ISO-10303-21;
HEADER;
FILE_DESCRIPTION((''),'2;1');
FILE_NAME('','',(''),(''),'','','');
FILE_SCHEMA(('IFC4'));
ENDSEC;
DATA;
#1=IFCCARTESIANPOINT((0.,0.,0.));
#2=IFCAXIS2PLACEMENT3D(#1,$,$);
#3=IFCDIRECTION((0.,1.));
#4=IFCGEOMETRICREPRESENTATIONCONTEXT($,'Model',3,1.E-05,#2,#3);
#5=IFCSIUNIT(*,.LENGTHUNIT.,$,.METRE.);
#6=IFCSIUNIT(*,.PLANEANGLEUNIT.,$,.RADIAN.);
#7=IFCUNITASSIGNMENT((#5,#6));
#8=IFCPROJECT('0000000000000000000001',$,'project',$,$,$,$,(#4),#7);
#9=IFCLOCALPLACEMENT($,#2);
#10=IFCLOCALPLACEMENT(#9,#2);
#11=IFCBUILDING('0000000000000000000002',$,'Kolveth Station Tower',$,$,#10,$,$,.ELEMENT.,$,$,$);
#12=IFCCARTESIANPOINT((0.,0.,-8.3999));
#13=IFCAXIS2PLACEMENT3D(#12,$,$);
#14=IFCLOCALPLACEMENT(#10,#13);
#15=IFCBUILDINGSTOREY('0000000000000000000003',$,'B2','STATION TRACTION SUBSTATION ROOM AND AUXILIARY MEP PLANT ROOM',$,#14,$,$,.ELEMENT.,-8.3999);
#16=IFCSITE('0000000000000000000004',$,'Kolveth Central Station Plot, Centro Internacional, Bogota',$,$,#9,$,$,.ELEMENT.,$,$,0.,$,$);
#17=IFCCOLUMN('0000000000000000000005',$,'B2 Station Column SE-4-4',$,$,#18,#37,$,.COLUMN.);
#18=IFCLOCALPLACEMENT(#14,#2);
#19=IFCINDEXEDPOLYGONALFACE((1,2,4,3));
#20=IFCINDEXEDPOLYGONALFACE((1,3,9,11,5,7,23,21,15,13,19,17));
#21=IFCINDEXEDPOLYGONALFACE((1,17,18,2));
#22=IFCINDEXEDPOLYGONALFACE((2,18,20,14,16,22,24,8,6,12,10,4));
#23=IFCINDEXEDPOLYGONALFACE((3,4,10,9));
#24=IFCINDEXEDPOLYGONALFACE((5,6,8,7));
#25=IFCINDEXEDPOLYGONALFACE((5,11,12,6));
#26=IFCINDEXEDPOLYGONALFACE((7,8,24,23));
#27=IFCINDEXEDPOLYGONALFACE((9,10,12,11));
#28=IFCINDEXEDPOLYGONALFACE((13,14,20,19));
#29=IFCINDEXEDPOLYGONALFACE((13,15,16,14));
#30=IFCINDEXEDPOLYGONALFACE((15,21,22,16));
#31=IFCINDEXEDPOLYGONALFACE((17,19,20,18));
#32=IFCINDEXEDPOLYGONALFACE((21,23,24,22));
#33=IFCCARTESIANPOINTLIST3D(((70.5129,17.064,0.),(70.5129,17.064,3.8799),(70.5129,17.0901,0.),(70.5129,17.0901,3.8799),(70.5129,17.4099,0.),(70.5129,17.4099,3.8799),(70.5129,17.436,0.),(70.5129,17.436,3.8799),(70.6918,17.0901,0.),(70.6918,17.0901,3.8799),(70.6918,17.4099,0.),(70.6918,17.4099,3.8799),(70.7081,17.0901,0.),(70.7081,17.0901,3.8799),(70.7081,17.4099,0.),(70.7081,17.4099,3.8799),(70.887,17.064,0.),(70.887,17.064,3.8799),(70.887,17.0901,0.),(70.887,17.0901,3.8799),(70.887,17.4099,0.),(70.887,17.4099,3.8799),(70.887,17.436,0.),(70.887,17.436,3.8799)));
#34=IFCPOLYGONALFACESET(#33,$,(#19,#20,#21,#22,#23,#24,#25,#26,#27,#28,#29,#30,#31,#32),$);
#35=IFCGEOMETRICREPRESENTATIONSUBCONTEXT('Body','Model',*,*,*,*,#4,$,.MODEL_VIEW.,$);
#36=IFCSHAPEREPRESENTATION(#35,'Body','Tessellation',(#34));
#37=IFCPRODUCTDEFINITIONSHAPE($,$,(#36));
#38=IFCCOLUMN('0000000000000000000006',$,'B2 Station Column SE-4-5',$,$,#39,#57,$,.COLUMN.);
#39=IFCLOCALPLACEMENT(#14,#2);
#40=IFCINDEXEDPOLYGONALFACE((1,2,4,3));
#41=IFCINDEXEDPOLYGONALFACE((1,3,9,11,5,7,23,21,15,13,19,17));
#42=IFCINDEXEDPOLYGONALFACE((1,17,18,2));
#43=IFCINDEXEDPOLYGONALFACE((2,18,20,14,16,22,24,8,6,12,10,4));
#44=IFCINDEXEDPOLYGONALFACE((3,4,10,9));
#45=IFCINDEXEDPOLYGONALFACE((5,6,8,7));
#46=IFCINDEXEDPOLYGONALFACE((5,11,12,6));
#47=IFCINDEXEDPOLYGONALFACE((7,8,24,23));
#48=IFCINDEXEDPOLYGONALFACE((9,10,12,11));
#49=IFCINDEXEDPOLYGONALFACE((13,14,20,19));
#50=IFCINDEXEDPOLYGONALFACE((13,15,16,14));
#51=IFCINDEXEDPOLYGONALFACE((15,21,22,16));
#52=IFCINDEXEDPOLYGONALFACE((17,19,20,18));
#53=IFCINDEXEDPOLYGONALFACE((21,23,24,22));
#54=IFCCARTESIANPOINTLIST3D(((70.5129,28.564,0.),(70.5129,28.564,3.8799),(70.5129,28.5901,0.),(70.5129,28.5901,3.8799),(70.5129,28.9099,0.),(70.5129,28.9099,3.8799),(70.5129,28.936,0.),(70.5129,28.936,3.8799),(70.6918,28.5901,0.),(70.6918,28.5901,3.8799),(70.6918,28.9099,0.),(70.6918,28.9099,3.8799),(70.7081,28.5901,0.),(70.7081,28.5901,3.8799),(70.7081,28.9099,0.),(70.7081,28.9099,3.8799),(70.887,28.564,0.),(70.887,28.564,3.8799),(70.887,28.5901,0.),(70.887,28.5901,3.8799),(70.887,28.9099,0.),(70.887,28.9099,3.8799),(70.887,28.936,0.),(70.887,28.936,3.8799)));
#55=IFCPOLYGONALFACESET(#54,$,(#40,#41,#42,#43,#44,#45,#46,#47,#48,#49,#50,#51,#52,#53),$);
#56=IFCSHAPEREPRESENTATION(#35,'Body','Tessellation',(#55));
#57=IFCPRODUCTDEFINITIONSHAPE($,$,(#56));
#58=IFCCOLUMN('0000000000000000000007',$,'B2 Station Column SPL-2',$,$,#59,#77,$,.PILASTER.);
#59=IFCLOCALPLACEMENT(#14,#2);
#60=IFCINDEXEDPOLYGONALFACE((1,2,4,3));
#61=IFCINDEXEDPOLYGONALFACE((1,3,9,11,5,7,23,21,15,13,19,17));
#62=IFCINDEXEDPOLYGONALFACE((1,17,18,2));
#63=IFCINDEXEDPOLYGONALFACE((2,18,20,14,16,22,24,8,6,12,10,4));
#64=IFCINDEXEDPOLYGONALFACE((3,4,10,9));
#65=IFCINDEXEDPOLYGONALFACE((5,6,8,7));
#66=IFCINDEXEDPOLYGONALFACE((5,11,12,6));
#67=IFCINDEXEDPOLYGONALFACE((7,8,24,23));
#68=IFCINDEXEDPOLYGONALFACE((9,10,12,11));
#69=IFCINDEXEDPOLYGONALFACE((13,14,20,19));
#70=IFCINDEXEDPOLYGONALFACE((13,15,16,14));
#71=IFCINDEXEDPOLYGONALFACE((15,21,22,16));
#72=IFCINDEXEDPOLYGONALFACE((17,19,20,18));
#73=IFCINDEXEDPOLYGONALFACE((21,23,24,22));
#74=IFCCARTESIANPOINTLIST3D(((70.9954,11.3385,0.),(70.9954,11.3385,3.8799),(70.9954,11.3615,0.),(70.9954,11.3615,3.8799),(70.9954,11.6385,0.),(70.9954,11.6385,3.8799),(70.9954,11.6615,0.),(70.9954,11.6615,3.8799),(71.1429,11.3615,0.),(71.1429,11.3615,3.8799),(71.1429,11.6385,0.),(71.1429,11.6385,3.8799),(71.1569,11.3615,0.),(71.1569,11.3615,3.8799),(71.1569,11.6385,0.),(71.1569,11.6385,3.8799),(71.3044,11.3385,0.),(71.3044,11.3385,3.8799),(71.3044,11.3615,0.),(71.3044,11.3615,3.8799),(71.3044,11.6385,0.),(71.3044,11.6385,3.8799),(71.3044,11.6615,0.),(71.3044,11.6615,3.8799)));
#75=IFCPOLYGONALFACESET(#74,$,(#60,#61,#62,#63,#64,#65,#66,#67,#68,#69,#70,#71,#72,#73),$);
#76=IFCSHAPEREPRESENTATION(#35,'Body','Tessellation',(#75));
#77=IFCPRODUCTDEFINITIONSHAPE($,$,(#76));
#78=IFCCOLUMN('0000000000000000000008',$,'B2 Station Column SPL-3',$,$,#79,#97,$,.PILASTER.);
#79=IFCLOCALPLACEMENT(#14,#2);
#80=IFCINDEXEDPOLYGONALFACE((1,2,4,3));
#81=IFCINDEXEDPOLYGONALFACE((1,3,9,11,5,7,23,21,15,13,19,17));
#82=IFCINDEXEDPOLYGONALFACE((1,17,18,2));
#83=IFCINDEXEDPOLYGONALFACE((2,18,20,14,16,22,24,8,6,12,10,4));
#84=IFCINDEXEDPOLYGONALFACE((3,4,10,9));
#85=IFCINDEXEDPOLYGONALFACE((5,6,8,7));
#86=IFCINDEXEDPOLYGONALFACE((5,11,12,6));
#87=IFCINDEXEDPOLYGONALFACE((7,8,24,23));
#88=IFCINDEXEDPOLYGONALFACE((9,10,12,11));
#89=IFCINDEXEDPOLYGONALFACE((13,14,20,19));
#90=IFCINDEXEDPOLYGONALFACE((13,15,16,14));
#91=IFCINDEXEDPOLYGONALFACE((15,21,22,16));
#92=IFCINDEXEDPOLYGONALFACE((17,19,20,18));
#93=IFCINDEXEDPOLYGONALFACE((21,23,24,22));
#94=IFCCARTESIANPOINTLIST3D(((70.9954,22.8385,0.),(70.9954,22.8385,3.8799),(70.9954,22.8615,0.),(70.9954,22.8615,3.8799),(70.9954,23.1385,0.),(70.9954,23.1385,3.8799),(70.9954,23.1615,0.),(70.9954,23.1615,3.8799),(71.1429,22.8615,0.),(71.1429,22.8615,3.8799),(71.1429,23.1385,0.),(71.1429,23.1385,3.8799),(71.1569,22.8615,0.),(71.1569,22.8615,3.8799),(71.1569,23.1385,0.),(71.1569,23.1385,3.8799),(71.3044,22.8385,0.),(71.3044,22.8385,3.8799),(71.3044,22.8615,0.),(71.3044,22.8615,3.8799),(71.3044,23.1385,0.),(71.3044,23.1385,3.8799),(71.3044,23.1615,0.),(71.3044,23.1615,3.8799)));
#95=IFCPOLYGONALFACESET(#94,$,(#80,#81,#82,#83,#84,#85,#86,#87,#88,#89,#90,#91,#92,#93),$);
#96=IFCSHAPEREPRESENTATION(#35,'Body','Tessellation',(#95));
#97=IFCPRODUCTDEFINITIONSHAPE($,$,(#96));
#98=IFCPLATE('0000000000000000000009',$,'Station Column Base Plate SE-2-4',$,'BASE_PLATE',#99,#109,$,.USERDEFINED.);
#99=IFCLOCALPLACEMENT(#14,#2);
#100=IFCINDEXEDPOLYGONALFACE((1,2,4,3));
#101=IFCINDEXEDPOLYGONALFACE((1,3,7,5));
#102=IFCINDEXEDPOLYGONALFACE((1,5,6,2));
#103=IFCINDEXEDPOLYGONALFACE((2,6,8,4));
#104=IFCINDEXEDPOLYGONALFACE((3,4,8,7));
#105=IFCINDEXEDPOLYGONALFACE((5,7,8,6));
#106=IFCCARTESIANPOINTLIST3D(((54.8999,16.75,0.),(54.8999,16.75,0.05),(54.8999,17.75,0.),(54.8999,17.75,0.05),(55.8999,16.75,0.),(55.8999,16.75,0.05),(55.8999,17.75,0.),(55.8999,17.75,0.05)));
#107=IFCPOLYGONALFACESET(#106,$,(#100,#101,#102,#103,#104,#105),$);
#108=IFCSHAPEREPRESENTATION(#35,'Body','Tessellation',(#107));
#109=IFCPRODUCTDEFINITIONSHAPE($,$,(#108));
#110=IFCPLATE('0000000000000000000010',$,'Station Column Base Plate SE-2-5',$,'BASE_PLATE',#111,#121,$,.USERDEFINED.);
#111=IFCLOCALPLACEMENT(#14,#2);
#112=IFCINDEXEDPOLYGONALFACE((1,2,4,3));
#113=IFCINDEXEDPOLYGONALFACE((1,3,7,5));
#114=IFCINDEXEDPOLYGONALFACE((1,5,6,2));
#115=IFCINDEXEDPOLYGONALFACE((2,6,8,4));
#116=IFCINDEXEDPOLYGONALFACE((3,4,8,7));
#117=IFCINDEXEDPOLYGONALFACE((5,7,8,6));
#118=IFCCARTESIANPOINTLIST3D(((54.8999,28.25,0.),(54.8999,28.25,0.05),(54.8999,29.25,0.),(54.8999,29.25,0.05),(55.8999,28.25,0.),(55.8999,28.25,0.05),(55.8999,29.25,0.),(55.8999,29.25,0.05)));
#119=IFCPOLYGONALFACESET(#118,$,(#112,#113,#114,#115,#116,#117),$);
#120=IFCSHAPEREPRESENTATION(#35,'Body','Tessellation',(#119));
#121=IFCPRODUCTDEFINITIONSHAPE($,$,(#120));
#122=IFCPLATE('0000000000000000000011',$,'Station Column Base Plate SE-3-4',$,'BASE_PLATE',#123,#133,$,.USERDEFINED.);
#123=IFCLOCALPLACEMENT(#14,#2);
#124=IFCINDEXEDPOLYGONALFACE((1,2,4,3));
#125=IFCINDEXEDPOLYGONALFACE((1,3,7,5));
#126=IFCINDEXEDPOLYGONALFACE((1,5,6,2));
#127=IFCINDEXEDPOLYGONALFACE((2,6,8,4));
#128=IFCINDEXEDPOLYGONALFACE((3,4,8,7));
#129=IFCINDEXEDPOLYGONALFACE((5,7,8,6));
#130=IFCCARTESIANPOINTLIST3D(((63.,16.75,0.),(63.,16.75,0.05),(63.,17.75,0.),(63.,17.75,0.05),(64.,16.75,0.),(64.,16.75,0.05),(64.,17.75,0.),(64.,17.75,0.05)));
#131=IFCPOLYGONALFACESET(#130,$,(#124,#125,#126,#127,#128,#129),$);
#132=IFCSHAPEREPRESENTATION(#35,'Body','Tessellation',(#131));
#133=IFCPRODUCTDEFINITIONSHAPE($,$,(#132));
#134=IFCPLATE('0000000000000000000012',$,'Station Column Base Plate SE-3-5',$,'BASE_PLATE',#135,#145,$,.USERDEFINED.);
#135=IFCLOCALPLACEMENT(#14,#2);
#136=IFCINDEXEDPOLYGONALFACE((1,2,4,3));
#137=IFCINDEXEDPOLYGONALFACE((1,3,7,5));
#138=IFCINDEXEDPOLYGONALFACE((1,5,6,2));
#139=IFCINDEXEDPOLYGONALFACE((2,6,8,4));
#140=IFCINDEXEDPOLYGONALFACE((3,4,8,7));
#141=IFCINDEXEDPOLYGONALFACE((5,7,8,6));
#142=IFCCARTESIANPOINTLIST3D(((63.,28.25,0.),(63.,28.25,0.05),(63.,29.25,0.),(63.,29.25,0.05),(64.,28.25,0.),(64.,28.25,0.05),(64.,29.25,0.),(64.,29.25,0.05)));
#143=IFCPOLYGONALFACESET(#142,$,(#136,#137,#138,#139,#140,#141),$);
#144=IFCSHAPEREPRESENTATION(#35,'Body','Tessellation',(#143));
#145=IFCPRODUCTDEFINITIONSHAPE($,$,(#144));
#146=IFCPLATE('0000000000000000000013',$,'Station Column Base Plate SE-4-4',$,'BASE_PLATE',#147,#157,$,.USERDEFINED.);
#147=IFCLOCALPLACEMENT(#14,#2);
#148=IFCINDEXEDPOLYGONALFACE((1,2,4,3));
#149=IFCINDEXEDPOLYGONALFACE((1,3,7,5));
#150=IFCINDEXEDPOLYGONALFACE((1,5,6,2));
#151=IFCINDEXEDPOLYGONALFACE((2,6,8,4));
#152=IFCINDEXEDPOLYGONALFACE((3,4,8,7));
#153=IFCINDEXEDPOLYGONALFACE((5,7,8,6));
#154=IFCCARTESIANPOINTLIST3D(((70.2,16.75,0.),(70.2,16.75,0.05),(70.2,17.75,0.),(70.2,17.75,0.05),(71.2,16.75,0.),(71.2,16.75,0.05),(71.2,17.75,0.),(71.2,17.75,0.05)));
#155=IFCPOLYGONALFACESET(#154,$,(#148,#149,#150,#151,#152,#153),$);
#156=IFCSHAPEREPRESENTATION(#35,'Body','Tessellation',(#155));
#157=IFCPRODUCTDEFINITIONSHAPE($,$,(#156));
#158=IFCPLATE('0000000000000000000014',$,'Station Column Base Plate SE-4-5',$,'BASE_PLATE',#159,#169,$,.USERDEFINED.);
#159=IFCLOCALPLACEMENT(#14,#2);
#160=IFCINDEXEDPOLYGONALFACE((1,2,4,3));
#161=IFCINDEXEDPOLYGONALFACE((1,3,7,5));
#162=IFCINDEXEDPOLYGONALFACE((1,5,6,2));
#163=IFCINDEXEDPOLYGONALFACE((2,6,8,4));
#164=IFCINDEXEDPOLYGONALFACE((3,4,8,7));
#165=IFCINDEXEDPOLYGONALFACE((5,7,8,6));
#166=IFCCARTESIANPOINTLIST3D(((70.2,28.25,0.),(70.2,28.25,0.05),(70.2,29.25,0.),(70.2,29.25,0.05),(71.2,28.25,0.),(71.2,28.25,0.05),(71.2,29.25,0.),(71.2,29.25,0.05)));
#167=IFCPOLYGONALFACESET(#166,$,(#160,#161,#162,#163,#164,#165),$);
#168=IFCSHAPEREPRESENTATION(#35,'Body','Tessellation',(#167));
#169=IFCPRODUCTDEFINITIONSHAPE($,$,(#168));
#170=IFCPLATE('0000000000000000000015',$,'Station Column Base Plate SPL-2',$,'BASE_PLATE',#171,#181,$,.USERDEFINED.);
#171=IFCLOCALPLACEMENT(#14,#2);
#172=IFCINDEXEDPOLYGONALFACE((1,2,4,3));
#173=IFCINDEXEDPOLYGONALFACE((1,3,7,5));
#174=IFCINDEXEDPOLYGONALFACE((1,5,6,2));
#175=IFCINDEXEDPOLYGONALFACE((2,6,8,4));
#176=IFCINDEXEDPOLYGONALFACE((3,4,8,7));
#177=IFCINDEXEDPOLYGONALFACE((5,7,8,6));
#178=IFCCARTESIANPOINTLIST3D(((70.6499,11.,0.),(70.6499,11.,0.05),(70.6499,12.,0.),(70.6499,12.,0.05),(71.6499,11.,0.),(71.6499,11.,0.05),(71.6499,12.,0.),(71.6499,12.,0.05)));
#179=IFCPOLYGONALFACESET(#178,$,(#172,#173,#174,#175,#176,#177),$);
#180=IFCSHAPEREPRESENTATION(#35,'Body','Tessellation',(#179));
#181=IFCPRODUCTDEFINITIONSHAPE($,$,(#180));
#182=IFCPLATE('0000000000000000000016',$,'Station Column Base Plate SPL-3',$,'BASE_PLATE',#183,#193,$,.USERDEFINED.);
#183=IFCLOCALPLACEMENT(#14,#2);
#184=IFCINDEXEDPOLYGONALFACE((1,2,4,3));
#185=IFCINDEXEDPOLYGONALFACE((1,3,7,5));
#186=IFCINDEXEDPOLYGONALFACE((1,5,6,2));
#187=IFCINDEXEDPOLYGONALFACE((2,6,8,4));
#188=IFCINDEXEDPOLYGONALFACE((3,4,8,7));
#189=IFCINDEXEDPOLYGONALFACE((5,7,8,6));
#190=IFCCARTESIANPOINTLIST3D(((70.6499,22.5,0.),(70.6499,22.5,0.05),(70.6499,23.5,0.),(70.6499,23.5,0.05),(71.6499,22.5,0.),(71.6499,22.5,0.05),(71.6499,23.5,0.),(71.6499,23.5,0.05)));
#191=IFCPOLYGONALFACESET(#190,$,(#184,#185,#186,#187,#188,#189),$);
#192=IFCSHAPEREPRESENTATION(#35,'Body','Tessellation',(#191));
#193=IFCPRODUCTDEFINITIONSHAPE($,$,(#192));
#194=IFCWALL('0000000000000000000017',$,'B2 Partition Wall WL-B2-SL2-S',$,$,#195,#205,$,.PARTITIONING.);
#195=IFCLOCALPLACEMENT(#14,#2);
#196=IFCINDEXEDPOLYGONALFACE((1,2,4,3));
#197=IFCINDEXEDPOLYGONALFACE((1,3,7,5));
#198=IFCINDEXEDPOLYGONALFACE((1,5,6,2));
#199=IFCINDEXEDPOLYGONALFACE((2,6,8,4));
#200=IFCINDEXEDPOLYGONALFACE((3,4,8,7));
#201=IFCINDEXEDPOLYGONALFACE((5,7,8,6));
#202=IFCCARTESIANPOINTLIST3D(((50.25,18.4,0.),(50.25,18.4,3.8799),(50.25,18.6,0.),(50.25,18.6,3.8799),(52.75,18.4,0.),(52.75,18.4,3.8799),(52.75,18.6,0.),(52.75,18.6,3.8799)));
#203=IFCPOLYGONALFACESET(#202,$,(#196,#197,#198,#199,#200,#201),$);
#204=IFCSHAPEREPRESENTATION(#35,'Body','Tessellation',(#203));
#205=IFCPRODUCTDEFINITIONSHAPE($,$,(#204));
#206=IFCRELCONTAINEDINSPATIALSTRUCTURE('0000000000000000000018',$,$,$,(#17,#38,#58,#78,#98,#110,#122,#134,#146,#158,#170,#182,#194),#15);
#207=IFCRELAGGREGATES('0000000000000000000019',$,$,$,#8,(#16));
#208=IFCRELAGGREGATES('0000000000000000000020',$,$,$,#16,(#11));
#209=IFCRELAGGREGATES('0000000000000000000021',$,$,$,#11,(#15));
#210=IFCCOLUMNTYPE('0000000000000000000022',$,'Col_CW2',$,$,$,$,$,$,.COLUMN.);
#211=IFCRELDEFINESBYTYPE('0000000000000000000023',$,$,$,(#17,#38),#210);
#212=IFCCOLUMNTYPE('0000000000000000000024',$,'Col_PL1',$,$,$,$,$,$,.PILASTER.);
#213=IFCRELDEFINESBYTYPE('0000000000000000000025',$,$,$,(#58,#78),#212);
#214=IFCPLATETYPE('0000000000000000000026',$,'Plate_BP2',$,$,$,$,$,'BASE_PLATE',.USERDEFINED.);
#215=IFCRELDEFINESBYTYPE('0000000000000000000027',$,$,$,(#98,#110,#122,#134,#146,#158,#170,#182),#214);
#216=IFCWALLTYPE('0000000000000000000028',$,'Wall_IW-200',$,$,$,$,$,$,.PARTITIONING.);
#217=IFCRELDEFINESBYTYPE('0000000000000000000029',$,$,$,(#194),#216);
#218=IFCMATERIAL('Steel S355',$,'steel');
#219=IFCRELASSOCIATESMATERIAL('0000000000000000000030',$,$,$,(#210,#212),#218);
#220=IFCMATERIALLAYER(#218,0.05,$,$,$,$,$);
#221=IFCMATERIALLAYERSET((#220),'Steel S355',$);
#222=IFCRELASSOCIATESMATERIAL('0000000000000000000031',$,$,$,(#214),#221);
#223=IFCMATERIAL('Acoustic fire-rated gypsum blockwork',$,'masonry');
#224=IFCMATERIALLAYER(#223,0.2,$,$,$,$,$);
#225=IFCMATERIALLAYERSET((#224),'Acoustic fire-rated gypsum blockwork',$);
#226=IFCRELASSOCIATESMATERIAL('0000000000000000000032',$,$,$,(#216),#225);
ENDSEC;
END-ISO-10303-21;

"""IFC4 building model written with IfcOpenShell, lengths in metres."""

from ifc_helpers import new_model, si_unit, direction, frame, frame_2d, origin, origin_2d, place, context, subcontext, project, spatial, rectangle, i_section, extrude, source, transform, mapped, material, layer, layer_set, material_profile, profile_set, type_object, element, save


model = new_model("IFC4")

# Units and contexts
model_context = context("Model", 3, precision=1e-05, world=origin(), true_north=direction((0.0, 1.0)))
body_context = subcontext(model_context, "Body", "Model", "MODEL_VIEW")
ifc_project = project(units=[si_unit("LENGTHUNIT", "METRE"), si_unit("PLANEANGLEUNIT", "RADIAN")], contexts=[model_context])

# Site, building, storey
site_placement = place(None, origin())
site = spatial("IfcSite", under=ifc_project, at=site_placement, Name="Kolveth Central Station Plot, Centro Internacional, Bogota", CompositionType="ELEMENT", RefElevation=0.0)
building_placement = place(site_placement, origin())
building = spatial("IfcBuilding", under=site, at=building_placement, Name="Kolveth Station Tower", CompositionType="ELEMENT")
storey_placement = place(building_placement, frame((0.0, 0.0, -8.3999)))
storey = spatial("IfcBuildingStorey", under=building, at=storey_placement, Name="B2", Description="STATION TRACTION SUBSTATION ROOM AND AUXILIARY MEP PLANT ROOM", CompositionType="ELEMENT", Elevation=-8.3999)

# Columns
ifc_material_1 = material(Name="Steel S355", Category="steel")
ifc_material_profile_1 = material_profile(ifc_material_1, i_section(OverallWidth=0.374, OverallDepth=0.3721, WebThickness=0.0164, FlangeThickness=0.0261, at=origin_2d()), Name="W360x196")
ifc_profile_set_1 = profile_set([ifc_material_profile_1], Name="Steel S355")
column_type_1 = type_object("IfcColumnType", Name="Col_CW2", PredefinedType="COLUMN", material=ifc_profile_set_1)
shared_shape_1 = source(origin(), body_context, "Body", "SweptSolid", [
    extrude(i_section(OverallWidth=0.374, OverallDepth=0.3721, WebThickness=0.0164, FlangeThickness=0.0261, at=origin_2d()), origin(), (0.0, 0.0, 1.0), 3.8799),
])
for number, where, z_axis, x_axis, name in (
    (1, (70.7, 17.25, 0.0), (0.0, 0.0, 1.0), (1.0, 0.0, 0.0), "B2 Station Column SE-4-4"),
    (2, (70.7, 28.75, 0.0), (0.0, 0.0, 1.0), (1.0, 0.0, 0.0), "B2 Station Column SE-4-5"),
):
    element("IfcColumn", number, at=place(storey_placement, frame(where, z_axis=z_axis, x_axis=x_axis)), inside=storey, type_object=column_type_1, Name=name, PredefinedType="COLUMN", context=body_context, shape_type="MappedRepresentation", body=[
        mapped(shared_shape_1, transform((0.0, 0.0, 0.0), x_axis=(1.0, 0.0, 0.0), y_axis=(0.0, 1.0, 0.0), z_axis=(0.0, 0.0, 1.0), scale=1.0)),
    ])
ifc_material_profile_2 = material_profile(ifc_material_1, i_section(OverallWidth=0.3091, OverallDepth=0.323, WebThickness=0.0139, FlangeThickness=0.0229, at=origin_2d()), Name="W310x143")
ifc_profile_set_2 = profile_set([ifc_material_profile_2], Name="Steel S355")
column_type_2 = type_object("IfcColumnType", Name="Col_PL1", PredefinedType="PILASTER", material=ifc_profile_set_2)
shared_shape_2 = source(origin(), body_context, "Body", "SweptSolid", [
    extrude(i_section(OverallWidth=0.3091, OverallDepth=0.323, WebThickness=0.0139, FlangeThickness=0.0229, at=origin_2d()), origin(), (0.0, 0.0, 1.0), 3.8799),
])
for number, where, z_axis, x_axis, name in (
    (3, (71.1499, 11.5, 0.0), (0.0, 0.0, 1.0), (1.0, 0.0, 0.0), "B2 Station Column SPL-2"),
    (4, (71.1499, 23.0, 0.0), (0.0, 0.0, 1.0), (1.0, 0.0, 0.0), "B2 Station Column SPL-3"),
):
    element("IfcColumn", number, at=place(storey_placement, frame(where, z_axis=z_axis, x_axis=x_axis)), inside=storey, type_object=column_type_2, Name=name, PredefinedType="PILASTER", context=body_context, shape_type="MappedRepresentation", body=[
        mapped(shared_shape_2, transform((0.0, 0.0, 0.0), x_axis=(1.0, 0.0, 0.0), y_axis=(0.0, 1.0, 0.0), z_axis=(0.0, 0.0, 1.0), scale=1.0)),
    ])

# Plates
ifc_layer_1 = layer(ifc_material_1, 0.05)
ifc_layer_set_1 = layer_set([ifc_layer_1], Name="Steel S355")
plate_type = type_object("IfcPlateType", Name="Plate_BP2", ElementType="BASE_PLATE", PredefinedType="USERDEFINED", material=ifc_layer_set_1)
shared_shape_3 = source(origin(), body_context, "Body", "SweptSolid", [
    extrude(rectangle(XDim=1.0, YDim=1.0, at=origin_2d()), origin(), (0.0, 0.0, 1.0), 0.05),
])
for number, where, z_axis, x_axis, name in (
    (5, (55.3999, 17.25, 0.0), (0.0, 0.0, 1.0), (1.0, 0.0, 0.0), "Station Column Base Plate SE-2-4"),
    (6, (55.3999, 28.75, 0.0), (0.0, 0.0, 1.0), (1.0, 0.0, 0.0), "Station Column Base Plate SE-2-5"),
    (7, (63.5, 17.25, 0.0), (0.0, 0.0, 1.0), (1.0, 0.0, 0.0), "Station Column Base Plate SE-3-4"),
    (8, (63.5, 28.75, 0.0), (0.0, 0.0, 1.0), (1.0, 0.0, 0.0), "Station Column Base Plate SE-3-5"),
    (9, (70.7, 17.25, 0.0), (0.0, 0.0, 1.0), (1.0, 0.0, 0.0), "Station Column Base Plate SE-4-4"),
    (10, (70.7, 28.75, 0.0), (0.0, 0.0, 1.0), (1.0, 0.0, 0.0), "Station Column Base Plate SE-4-5"),
    (11, (71.1499, 11.5, 0.0), (0.0, 0.0, 1.0), (1.0, 0.0, 0.0), "Station Column Base Plate SPL-2"),
    (12, (71.1499, 23.0, 0.0), (0.0, 0.0, 1.0), (1.0, 0.0, 0.0), "Station Column Base Plate SPL-3"),
):
    element("IfcPlate", number, at=place(storey_placement, frame(where, z_axis=z_axis, x_axis=x_axis)), inside=storey, type_object=plate_type, Name=name, ObjectType="BASE_PLATE", PredefinedType="USERDEFINED", context=body_context, shape_type="MappedRepresentation", body=[
        mapped(shared_shape_3, transform((0.0, 0.0, 0.0), x_axis=(1.0, 0.0, 0.0), y_axis=(0.0, 1.0, 0.0), z_axis=(0.0, 0.0, 1.0), scale=1.0)),
    ])

# Wall
ifc_material_2 = material(Name="Acoustic fire-rated gypsum blockwork", Category="masonry")
ifc_layer_2 = layer(ifc_material_2, 0.2)
ifc_layer_set_2 = layer_set([ifc_layer_2], Name="Acoustic fire-rated gypsum blockwork")
wall_type = type_object("IfcWallType", Name="Wall_IW-200", PredefinedType="PARTITIONING", material=ifc_layer_set_2)
for number, where, z_axis, x_axis, name in (
    (13, (50.25, 18.5, 0.0), (0.0, 0.0, 1.0), (1.0, 0.0, 0.0), "B2 Partition Wall WL-B2-SL2-S"),
):
    element("IfcWall", number, at=place(storey_placement, frame(where, z_axis=z_axis, x_axis=x_axis)), inside=storey, type_object=wall_type, Name=name, PredefinedType="PARTITIONING", context=body_context, shape_type="SweptSolid", body=[
        extrude(rectangle(XDim=2.5, YDim=0.2, at=frame_2d((1.25, 0.0))), origin(), (0.0, 0.0, 1.0), 3.8799),
    ])

save(model, "model.ifc")
